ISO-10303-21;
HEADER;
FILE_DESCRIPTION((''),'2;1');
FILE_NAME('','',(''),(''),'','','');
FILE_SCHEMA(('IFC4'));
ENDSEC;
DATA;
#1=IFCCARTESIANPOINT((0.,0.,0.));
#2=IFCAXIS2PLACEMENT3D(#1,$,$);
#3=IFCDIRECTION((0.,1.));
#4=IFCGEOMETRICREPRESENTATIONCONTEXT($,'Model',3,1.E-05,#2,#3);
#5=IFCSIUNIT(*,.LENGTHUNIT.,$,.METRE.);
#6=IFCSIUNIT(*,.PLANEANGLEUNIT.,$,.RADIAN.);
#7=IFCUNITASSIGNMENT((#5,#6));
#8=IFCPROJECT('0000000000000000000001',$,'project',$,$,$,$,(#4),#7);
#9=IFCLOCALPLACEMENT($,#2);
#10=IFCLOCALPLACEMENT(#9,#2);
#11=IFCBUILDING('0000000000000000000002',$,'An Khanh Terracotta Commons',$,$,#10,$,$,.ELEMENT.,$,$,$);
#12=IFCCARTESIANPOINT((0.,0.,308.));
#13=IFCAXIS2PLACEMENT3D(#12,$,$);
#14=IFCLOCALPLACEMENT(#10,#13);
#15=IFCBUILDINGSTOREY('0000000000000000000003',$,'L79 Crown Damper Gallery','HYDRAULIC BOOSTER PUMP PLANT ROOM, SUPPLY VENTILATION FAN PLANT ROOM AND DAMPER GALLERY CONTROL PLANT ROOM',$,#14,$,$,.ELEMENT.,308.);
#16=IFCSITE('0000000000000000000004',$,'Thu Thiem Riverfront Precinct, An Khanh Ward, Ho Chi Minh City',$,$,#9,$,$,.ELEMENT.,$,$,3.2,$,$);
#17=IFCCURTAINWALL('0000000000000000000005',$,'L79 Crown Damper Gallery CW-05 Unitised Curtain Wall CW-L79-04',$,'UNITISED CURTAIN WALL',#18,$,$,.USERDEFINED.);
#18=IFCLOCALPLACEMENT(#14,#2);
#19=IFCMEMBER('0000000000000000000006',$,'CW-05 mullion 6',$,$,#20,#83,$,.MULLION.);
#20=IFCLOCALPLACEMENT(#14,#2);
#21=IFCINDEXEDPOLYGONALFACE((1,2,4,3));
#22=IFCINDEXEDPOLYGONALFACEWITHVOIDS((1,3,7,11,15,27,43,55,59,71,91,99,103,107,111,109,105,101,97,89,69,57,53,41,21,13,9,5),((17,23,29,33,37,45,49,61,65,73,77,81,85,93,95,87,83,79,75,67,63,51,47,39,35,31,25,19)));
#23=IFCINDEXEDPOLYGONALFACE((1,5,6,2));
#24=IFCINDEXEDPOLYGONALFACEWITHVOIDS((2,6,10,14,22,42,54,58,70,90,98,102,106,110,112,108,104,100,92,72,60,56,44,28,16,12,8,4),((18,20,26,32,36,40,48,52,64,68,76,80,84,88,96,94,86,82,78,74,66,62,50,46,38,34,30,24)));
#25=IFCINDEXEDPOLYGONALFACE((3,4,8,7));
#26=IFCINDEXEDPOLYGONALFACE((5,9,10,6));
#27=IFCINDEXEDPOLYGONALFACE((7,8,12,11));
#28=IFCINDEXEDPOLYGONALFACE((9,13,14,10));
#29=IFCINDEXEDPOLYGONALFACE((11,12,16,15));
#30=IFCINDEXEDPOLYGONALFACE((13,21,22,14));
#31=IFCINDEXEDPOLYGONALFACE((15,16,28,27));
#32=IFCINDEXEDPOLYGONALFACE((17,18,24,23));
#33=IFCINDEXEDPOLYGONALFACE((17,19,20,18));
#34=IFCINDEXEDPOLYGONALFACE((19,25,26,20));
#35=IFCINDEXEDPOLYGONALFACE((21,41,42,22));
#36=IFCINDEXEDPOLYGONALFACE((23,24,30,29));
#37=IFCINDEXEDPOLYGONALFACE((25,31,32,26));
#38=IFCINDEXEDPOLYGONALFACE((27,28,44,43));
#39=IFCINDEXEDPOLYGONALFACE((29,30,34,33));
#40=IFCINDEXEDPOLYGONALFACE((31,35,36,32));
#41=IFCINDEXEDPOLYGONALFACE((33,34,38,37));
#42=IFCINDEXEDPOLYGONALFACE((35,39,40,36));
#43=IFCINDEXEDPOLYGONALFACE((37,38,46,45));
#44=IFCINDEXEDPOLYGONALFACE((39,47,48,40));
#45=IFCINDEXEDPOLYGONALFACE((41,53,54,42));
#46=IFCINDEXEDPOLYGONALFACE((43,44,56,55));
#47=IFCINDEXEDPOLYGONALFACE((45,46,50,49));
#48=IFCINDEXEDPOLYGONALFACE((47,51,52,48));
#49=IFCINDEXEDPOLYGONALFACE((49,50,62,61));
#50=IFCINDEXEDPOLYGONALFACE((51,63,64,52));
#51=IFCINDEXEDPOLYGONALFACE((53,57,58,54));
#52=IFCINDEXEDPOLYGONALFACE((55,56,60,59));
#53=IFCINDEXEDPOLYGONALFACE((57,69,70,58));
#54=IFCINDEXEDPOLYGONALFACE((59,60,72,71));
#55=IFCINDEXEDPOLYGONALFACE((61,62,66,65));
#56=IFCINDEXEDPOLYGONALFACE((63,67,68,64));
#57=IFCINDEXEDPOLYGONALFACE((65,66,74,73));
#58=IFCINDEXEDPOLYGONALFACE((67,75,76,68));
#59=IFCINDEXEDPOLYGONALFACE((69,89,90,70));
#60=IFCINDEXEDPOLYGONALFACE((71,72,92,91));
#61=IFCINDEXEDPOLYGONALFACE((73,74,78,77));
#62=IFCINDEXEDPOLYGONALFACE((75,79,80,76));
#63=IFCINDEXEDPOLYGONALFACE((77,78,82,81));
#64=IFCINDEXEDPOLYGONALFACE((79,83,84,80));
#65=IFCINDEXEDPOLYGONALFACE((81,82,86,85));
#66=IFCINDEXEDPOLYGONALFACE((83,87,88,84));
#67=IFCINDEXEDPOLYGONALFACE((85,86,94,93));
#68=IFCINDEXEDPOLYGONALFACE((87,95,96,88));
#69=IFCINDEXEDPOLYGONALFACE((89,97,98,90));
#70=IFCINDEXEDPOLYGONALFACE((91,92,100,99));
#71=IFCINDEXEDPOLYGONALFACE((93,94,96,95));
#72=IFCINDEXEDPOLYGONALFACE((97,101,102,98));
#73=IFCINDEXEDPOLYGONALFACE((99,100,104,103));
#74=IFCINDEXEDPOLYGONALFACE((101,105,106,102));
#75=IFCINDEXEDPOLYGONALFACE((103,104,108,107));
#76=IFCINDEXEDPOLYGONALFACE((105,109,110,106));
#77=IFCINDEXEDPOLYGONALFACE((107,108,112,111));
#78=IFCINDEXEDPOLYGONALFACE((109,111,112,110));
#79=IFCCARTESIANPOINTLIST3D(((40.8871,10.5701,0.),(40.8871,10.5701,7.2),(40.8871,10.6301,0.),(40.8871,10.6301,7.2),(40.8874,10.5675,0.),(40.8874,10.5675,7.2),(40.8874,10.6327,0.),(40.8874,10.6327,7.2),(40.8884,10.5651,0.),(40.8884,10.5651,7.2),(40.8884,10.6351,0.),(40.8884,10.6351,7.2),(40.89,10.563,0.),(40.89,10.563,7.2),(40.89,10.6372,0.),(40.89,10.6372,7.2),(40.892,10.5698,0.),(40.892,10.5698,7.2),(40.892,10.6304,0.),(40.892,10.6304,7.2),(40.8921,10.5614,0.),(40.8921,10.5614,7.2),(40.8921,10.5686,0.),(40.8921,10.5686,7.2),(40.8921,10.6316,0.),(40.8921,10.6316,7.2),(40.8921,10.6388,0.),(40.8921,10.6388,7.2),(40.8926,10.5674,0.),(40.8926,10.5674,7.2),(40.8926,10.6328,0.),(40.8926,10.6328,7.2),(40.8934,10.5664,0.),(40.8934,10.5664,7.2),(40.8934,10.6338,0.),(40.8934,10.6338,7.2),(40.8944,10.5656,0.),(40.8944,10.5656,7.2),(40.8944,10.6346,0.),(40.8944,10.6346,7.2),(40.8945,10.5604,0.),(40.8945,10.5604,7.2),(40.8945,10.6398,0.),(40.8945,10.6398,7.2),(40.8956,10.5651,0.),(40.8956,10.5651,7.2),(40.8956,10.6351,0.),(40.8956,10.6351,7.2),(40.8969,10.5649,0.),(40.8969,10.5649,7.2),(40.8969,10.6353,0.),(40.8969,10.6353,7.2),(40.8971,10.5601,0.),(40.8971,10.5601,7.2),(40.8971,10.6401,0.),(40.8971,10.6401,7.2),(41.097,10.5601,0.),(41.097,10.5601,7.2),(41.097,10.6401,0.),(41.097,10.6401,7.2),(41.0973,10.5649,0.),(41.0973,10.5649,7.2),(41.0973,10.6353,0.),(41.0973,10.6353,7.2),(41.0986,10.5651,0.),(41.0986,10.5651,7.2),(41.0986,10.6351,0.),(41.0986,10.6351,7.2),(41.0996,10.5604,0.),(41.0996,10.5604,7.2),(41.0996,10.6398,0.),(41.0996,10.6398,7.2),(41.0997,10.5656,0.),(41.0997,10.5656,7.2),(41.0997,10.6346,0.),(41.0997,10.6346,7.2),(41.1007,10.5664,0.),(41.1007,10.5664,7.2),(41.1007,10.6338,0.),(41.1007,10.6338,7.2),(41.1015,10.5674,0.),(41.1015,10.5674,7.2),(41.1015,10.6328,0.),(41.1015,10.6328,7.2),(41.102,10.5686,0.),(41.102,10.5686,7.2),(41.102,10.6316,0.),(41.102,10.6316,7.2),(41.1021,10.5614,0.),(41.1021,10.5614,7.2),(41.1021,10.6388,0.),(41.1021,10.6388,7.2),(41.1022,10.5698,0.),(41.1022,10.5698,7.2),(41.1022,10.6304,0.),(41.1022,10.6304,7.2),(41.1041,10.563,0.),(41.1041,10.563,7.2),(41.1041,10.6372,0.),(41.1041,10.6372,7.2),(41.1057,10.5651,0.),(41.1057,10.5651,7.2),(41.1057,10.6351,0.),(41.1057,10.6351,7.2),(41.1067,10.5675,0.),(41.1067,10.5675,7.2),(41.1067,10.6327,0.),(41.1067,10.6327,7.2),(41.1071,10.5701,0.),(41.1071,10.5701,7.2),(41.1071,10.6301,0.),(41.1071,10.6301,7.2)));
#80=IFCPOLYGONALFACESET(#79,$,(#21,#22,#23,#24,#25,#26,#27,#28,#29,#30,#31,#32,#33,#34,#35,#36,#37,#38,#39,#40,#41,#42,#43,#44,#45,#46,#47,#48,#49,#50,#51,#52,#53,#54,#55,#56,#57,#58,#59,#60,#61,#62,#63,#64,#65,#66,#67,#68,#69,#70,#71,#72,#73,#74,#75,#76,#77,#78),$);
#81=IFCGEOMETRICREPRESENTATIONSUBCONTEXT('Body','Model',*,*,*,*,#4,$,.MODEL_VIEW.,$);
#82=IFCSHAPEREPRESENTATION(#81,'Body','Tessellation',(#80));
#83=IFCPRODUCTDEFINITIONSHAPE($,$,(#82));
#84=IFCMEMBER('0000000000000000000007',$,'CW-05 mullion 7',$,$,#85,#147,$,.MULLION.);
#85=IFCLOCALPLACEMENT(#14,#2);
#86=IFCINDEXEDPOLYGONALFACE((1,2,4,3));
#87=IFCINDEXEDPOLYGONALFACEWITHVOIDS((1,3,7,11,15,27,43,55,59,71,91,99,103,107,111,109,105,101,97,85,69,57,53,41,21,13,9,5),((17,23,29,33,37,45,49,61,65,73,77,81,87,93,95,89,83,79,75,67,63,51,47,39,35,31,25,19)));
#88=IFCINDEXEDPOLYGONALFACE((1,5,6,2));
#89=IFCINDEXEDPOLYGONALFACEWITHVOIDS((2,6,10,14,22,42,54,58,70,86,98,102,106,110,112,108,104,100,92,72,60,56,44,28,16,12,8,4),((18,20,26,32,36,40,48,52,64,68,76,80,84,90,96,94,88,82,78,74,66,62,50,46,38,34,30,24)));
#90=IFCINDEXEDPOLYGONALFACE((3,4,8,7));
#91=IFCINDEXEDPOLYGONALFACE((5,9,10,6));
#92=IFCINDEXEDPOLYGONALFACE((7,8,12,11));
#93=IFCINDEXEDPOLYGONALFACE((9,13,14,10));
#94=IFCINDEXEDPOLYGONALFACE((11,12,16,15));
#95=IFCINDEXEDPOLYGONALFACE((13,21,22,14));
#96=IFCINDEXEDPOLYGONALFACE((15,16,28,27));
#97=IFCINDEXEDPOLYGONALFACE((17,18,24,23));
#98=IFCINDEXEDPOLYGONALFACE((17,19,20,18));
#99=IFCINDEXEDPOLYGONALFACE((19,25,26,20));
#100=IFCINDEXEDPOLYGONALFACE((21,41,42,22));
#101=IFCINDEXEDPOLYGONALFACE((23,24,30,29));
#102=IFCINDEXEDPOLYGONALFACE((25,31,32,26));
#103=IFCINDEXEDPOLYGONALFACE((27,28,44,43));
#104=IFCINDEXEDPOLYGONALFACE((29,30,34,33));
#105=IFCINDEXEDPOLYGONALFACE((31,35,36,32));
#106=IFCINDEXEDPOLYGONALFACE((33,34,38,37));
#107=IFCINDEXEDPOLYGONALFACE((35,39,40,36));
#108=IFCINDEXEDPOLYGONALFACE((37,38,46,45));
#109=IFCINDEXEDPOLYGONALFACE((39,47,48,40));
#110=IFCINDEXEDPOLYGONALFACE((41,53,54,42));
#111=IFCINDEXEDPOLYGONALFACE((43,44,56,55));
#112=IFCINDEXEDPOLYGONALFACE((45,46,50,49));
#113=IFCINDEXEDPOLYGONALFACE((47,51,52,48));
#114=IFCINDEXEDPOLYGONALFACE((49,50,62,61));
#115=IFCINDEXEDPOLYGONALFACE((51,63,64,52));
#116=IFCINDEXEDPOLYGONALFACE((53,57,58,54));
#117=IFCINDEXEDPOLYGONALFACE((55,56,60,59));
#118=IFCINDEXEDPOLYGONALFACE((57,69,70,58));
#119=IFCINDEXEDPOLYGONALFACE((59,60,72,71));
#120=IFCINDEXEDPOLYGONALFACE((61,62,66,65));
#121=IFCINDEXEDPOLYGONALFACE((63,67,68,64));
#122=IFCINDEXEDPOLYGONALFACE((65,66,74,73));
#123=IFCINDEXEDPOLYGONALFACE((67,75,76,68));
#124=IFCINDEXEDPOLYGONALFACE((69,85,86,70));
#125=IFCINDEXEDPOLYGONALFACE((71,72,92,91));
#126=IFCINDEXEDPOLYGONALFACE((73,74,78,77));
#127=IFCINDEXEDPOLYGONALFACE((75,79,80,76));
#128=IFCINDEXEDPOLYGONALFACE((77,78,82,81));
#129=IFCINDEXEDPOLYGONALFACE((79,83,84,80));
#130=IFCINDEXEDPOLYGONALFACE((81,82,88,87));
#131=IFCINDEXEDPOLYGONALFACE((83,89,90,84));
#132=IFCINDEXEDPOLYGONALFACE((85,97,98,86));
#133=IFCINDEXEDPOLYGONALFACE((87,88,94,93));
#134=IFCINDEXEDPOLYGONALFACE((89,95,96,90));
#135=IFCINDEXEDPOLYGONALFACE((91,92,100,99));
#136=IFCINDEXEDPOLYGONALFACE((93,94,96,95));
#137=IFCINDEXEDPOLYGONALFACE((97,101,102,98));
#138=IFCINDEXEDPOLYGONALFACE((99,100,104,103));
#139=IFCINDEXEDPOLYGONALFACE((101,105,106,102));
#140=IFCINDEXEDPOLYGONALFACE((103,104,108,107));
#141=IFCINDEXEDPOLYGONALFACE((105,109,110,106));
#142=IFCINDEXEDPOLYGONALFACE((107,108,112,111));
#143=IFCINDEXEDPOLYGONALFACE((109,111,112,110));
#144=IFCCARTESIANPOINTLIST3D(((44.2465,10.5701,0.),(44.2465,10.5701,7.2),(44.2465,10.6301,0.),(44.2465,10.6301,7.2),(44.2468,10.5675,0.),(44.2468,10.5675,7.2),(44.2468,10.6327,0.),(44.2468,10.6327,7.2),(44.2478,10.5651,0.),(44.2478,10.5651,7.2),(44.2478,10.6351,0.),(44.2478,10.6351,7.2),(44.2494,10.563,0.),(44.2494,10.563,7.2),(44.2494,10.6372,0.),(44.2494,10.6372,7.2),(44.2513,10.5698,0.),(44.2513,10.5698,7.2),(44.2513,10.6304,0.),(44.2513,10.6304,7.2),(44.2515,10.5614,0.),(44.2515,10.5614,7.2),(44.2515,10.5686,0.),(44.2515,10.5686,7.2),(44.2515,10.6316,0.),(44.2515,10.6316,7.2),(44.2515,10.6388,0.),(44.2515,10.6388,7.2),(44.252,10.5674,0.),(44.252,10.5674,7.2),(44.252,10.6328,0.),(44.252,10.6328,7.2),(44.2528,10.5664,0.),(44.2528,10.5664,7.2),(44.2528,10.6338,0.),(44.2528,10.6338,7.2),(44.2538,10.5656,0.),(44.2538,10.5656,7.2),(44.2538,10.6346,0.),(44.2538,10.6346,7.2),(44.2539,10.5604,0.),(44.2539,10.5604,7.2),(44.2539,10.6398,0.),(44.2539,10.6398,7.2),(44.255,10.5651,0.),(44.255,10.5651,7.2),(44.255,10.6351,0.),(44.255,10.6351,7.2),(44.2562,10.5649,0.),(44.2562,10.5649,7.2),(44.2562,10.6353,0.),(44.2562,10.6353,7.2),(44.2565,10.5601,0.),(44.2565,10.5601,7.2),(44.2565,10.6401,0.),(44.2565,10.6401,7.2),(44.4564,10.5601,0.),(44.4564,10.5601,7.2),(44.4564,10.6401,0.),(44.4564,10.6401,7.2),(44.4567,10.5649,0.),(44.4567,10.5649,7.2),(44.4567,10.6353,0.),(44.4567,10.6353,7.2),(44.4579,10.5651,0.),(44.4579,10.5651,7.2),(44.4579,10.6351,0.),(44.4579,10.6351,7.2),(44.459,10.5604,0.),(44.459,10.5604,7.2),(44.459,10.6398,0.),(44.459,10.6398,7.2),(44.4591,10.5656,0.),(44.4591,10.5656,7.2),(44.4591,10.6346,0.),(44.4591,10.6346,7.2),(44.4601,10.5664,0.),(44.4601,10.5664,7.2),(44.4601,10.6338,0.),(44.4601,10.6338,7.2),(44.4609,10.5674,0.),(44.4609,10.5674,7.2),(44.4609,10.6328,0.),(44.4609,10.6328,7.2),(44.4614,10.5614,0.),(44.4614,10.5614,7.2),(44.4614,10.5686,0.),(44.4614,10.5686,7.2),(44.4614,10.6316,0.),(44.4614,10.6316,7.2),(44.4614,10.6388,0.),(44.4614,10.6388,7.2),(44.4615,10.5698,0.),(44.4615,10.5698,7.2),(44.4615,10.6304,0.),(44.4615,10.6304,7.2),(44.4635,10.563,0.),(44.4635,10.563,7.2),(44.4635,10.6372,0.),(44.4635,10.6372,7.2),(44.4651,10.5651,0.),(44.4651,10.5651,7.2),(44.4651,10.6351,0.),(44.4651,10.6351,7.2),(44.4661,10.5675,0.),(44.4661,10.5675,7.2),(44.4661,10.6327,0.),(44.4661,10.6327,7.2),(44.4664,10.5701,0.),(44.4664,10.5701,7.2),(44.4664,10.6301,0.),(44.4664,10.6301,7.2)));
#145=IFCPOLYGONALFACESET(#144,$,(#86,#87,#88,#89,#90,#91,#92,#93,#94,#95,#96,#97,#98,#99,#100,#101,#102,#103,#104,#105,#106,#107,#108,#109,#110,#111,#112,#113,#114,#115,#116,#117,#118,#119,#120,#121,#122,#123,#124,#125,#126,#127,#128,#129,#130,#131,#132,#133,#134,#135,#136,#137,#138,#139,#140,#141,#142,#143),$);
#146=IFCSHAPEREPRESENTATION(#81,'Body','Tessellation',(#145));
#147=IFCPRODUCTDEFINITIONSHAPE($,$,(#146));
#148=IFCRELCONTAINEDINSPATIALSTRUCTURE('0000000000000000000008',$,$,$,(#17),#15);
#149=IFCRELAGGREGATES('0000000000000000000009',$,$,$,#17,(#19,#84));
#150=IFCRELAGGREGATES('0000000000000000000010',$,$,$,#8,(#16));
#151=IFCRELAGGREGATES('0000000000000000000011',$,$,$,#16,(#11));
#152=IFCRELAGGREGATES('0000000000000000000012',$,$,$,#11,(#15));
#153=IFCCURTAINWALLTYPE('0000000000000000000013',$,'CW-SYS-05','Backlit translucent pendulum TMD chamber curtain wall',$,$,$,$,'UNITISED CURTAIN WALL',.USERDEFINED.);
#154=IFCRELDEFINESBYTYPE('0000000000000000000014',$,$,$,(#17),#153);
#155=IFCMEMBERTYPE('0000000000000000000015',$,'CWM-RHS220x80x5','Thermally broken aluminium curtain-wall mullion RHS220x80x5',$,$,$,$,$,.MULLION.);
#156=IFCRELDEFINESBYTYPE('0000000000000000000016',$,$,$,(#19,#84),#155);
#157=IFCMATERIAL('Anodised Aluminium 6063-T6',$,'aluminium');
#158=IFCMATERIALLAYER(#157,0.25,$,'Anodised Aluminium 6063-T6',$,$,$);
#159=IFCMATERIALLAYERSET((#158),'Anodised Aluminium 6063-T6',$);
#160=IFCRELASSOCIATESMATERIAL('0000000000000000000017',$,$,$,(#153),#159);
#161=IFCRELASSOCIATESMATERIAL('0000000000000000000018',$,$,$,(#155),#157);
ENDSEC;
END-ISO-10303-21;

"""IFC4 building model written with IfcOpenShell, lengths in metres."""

from ifc_helpers import new_model, si_unit, direction, frame, origin, origin_2d, place, context, subcontext, project, spatial, hollow_rectangle, extrude, material, layer, layer_set, material_profile, profile_set, type_object, element, aggregate, save


model = new_model("IFC4")

# Units and contexts
model_context = context("Model", 3, precision=1e-05, world=origin(), true_north=direction((0.0, 1.0)))
body_context = subcontext(model_context, "Body", "Model", "MODEL_VIEW")
ifc_project = project(units=[si_unit("LENGTHUNIT", "METRE"), si_unit("PLANEANGLEUNIT", "RADIAN")], contexts=[model_context])

# Site, building, storey
site_placement = place(None, origin())
site = spatial("IfcSite", under=ifc_project, at=site_placement, Name="Thu Thiem Riverfront Precinct, An Khanh Ward, Ho Chi Minh City", CompositionType="ELEMENT", RefElevation=3.2)
building_placement = place(site_placement, origin())
building = spatial("IfcBuilding", under=site, at=building_placement, Name="An Khanh Terracotta Commons", CompositionType="ELEMENT")
storey_placement = place(building_placement, frame((0.0, 0.0, 308.0)))
storey = spatial("IfcBuildingStorey", under=building, at=storey_placement, Name="L79 Crown Damper Gallery", Description="HYDRAULIC BOOSTER PUMP PLANT ROOM, SUPPLY VENTILATION FAN PLANT ROOM AND DAMPER GALLERY CONTROL PLANT ROOM", CompositionType="ELEMENT", Elevation=308.0)

# Curtain wall, members
ifc_material_1 = material(Name="Anodised Aluminium 6063-T6", Category="aluminium")
ifc_layer_1 = layer(ifc_material_1, 0.25, Name="Anodised Aluminium 6063-T6")
ifc_layer_set_1 = layer_set([ifc_layer_1], Name="Anodised Aluminium 6063-T6")
curtain_wall_type = type_object("IfcCurtainWallType", Name="CW-SYS-05", Description="Backlit translucent pendulum TMD chamber curtain wall", ElementType="UNITISED CURTAIN WALL", PredefinedType="USERDEFINED", material=ifc_layer_set_1)
curtain_wall_placement = place(storey_placement, origin())
curtain_wall = element("IfcCurtainWall", 1, at=curtain_wall_placement, inside=storey, type_object=curtain_wall_type, Name="L79 Crown Damper Gallery CW-05 Unitised Curtain Wall CW-L79-04", ObjectType="UNITISED CURTAIN WALL", PredefinedType="USERDEFINED")
ifc_material_profile_1 = material_profile(ifc_material_1, hollow_rectangle(XDim=0.0801, YDim=0.22, WallThickness=0.0049, InnerFilletRadius=0.0049, OuterFilletRadius=0.01, at=origin_2d()), Name="RHS220x80x5")
ifc_profile_set_1 = profile_set([ifc_material_profile_1], Name="Anodised Aluminium 6063-T6")
member_type_1 = type_object("IfcMemberType", Name="CWM-RHS220x80x5", Description="Thermally broken aluminium curtain-wall mullion RHS220x80x5", PredefinedType="MULLION", material=ifc_profile_set_1)
member_1_placement = place(storey_placement, frame((40.9971, 10.6001, 0.0), z_axis=(0.0, 0.0, 1.0), x_axis=(0.0, 1.0, 0.0)))
member_1 = element("IfcMember", 2, at=member_1_placement, type_object=member_type_1, Name="CW-05 mullion 6", PredefinedType="MULLION", context=body_context, shape_type="SweptSolid", body=[
    extrude(hollow_rectangle(XDim=0.0801, YDim=0.22, WallThickness=0.0049, InnerFilletRadius=0.0049, OuterFilletRadius=0.01, at=origin_2d()), origin(), (0.0, 0.0, 1.0), 7.2),
])
member_2_placement = place(storey_placement, frame((44.3564, 10.6001, 0.0), z_axis=(0.0, 0.0, 1.0), x_axis=(0.0, 1.0, 0.0)))
member_2 = element("IfcMember", 3, at=member_2_placement, type_object=member_type_1, Name="CW-05 mullion 7", PredefinedType="MULLION", context=body_context, shape_type="SweptSolid", body=[
    extrude(hollow_rectangle(XDim=0.0801, YDim=0.22, WallThickness=0.0049, InnerFilletRadius=0.0049, OuterFilletRadius=0.01, at=origin_2d()), origin(), (0.0, 0.0, 1.0), 7.2),
])
aggregate(curtain_wall, [member_1, member_2])

save(model, "model.ifc")
